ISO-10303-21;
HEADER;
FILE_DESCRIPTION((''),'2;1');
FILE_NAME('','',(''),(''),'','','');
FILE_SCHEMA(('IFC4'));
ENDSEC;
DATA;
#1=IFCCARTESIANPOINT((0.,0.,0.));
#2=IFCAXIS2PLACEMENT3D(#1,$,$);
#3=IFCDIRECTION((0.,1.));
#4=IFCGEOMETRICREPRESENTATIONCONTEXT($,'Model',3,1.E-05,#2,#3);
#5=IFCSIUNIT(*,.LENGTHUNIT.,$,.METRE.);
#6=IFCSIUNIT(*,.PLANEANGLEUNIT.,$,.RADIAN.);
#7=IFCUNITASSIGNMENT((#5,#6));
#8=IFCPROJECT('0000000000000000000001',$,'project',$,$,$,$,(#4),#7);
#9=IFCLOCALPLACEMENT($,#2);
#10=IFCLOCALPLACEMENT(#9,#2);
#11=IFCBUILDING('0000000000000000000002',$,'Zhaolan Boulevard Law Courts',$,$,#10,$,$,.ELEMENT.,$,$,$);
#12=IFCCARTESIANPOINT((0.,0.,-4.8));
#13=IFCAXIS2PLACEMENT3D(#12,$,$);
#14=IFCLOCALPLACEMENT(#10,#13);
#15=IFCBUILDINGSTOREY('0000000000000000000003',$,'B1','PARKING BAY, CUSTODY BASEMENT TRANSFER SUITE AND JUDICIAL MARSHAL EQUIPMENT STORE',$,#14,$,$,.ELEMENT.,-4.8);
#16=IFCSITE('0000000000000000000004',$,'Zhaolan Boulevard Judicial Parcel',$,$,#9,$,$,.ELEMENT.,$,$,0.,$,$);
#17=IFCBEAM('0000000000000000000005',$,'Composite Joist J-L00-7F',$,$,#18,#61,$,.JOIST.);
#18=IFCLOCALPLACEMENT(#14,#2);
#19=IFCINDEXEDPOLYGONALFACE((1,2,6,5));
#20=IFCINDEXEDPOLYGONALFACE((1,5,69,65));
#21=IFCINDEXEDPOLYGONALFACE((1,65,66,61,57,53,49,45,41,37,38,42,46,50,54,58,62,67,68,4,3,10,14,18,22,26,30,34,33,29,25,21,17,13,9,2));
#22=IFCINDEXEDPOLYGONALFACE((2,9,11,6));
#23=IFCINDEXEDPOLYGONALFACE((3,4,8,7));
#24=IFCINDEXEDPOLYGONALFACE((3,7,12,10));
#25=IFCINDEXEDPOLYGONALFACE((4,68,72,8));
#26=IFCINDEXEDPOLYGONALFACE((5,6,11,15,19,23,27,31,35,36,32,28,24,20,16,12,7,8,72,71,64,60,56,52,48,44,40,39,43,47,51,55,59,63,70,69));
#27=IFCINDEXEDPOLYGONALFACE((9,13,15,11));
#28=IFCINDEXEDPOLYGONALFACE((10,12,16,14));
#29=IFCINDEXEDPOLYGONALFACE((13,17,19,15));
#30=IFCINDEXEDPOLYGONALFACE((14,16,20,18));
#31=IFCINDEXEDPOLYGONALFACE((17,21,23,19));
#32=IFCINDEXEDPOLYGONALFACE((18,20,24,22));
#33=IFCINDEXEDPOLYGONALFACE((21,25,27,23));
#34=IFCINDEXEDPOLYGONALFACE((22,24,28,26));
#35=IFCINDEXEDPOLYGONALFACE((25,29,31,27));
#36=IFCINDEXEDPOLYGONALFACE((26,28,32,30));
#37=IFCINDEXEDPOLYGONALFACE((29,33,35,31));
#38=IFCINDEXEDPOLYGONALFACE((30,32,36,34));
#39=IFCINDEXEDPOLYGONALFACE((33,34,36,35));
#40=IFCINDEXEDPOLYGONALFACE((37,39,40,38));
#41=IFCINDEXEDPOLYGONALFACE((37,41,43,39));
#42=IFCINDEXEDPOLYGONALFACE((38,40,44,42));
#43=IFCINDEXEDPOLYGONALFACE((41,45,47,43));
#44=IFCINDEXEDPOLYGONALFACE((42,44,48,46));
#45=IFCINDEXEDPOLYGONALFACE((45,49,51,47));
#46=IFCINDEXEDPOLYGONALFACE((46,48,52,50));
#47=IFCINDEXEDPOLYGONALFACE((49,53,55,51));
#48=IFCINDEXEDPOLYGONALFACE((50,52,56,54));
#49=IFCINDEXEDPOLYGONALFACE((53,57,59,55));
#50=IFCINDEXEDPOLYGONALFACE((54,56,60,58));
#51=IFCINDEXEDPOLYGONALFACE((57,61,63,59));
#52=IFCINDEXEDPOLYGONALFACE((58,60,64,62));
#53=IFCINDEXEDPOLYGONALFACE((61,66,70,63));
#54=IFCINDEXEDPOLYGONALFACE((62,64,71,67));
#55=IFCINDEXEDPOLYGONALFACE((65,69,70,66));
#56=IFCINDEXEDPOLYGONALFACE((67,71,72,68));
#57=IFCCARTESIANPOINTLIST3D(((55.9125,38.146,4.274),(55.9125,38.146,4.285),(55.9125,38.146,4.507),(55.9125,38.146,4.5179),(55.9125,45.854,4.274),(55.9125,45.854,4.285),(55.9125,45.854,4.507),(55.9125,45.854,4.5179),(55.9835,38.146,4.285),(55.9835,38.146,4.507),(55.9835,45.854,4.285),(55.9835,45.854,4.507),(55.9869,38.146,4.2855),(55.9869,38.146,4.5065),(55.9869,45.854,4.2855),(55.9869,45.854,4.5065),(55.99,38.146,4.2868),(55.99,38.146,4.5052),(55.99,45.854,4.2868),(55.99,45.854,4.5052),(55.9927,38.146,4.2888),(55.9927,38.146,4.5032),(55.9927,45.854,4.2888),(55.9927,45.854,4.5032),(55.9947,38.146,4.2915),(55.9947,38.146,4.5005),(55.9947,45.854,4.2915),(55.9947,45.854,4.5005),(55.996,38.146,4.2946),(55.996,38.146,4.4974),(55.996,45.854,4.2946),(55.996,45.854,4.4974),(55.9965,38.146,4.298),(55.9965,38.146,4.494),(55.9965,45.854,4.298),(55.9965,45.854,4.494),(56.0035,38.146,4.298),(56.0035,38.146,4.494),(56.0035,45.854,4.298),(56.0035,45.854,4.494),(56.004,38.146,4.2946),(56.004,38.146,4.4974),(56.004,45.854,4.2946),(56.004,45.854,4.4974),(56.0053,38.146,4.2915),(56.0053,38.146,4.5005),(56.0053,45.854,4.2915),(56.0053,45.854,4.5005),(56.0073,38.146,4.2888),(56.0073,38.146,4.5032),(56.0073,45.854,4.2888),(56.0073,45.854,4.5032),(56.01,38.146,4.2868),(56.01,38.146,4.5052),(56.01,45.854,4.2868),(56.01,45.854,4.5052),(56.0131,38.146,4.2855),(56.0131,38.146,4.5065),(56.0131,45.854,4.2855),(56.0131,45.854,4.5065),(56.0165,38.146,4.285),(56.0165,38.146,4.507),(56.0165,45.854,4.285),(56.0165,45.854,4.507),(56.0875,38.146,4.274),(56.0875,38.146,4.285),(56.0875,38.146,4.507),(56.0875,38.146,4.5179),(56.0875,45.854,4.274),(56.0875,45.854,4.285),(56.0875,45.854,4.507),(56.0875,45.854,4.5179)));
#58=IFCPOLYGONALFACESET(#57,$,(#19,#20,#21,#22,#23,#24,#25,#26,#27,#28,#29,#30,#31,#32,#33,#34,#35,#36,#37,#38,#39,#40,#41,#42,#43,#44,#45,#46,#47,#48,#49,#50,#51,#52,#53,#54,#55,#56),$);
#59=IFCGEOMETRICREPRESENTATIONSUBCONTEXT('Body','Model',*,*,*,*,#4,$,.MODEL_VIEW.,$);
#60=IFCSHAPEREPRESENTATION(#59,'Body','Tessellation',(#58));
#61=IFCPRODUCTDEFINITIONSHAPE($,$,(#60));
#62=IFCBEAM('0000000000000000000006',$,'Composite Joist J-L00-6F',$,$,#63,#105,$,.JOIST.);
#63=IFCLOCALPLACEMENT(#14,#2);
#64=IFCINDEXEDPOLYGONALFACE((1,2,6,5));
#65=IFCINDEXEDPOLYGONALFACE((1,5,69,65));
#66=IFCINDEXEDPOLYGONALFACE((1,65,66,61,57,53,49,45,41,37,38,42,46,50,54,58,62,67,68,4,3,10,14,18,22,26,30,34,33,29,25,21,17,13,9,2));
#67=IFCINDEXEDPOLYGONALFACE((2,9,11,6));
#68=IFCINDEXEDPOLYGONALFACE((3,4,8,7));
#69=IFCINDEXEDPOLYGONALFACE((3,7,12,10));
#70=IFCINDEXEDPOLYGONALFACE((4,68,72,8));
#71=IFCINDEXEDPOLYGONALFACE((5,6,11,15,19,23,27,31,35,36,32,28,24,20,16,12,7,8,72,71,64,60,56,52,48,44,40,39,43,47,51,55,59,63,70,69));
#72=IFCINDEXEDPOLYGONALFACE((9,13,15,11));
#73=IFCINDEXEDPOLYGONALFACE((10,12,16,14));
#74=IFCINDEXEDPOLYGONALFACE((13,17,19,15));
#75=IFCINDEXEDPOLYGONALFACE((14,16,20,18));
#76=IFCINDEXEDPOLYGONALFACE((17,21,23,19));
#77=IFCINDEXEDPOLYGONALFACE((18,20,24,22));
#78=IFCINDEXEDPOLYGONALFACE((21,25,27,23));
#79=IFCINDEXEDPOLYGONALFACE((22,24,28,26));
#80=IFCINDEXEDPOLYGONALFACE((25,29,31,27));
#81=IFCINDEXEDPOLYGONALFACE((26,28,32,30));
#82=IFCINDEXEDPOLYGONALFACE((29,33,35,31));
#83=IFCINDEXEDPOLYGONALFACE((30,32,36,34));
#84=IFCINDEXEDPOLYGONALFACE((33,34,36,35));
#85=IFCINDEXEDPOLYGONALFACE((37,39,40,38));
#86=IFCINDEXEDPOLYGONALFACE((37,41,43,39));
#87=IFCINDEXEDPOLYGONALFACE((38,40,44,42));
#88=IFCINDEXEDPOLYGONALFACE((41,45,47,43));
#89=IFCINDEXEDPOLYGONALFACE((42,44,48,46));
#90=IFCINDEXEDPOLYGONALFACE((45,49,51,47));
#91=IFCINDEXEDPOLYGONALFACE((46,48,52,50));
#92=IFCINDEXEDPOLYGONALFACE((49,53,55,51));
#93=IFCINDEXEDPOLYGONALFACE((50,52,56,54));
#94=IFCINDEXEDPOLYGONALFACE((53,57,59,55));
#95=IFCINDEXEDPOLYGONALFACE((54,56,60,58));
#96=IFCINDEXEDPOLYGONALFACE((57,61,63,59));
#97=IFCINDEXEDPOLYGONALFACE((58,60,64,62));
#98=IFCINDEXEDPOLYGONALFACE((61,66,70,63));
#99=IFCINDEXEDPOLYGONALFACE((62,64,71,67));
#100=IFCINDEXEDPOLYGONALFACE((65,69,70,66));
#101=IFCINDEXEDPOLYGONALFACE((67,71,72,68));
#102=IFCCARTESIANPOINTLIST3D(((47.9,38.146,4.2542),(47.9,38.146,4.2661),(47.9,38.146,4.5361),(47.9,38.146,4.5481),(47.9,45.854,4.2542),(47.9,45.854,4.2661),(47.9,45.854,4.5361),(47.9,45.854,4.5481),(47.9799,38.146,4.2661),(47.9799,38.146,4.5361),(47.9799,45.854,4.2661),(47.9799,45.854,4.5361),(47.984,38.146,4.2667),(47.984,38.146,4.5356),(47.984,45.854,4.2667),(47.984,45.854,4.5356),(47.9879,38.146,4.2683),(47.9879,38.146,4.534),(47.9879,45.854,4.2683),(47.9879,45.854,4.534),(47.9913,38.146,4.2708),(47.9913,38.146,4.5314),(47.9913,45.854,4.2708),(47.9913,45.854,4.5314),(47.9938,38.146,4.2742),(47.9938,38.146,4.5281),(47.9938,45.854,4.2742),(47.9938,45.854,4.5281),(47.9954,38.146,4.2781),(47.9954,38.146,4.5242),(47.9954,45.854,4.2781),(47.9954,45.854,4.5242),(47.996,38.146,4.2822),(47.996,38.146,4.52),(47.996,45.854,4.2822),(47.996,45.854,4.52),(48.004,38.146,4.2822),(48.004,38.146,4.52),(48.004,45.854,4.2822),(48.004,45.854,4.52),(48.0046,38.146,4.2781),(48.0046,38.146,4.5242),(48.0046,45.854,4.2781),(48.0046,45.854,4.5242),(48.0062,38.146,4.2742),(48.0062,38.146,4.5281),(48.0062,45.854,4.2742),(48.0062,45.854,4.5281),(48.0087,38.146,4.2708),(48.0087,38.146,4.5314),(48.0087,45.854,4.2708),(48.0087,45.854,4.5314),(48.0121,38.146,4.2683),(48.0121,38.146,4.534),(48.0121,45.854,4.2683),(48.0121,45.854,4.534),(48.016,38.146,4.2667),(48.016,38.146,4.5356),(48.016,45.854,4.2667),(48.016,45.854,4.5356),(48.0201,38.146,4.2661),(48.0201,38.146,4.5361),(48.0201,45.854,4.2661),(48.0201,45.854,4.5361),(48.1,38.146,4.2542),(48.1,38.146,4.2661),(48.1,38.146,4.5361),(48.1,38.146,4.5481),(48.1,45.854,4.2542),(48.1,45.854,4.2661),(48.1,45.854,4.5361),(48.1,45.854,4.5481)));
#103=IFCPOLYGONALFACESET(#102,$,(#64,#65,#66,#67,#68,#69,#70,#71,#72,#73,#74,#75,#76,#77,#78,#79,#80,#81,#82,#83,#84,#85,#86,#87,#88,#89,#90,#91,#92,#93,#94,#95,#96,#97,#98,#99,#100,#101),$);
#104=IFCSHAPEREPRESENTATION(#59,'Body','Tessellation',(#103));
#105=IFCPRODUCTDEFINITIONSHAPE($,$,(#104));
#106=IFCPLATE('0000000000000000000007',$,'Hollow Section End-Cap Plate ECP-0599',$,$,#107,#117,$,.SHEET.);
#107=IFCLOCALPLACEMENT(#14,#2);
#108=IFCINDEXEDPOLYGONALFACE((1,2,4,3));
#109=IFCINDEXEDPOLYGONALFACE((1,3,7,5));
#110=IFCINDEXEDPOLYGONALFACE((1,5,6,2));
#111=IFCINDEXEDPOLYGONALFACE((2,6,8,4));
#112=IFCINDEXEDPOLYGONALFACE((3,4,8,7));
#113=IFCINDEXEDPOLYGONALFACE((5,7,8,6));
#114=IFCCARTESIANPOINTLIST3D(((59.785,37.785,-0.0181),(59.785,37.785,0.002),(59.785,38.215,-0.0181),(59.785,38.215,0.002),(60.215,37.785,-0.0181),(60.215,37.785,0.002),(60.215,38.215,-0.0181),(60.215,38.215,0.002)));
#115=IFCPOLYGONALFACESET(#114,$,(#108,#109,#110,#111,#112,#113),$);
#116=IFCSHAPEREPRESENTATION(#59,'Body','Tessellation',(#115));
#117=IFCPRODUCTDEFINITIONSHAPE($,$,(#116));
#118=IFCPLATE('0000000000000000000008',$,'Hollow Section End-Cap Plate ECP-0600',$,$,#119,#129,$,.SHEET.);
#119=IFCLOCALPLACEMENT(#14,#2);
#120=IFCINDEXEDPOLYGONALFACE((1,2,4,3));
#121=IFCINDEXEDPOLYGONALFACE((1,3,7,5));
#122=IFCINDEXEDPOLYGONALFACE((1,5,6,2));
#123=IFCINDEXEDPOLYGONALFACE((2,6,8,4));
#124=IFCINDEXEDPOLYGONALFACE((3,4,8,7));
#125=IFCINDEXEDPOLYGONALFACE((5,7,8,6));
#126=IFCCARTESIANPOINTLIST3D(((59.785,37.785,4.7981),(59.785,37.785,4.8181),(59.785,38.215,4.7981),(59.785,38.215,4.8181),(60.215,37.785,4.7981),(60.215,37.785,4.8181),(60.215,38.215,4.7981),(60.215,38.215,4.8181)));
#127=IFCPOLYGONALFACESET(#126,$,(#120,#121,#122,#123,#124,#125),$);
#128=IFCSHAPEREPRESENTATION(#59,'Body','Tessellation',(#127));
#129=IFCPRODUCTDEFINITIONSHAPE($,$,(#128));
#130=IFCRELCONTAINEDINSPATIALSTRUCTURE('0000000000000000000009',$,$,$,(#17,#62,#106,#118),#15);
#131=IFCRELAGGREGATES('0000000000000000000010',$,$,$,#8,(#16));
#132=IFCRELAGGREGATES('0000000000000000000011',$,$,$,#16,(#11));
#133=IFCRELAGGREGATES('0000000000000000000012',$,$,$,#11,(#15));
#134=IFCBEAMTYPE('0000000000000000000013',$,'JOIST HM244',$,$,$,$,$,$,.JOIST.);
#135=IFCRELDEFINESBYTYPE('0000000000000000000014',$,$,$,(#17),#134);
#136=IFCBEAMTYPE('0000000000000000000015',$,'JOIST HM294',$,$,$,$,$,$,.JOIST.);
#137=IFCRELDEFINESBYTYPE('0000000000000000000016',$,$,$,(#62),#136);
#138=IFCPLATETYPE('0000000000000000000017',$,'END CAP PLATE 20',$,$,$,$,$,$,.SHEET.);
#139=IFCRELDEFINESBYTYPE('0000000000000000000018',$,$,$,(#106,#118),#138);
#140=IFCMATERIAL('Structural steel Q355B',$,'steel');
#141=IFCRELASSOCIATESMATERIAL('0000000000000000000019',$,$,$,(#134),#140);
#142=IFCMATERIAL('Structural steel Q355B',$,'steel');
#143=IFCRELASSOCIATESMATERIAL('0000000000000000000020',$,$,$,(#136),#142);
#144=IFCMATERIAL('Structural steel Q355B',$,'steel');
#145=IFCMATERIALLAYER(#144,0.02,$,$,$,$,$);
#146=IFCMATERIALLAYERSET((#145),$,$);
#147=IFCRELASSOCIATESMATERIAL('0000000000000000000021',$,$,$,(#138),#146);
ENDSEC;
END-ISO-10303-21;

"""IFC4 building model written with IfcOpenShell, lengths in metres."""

from ifc_helpers import new_model, si_unit, direction, frame, origin, origin_2d, place, context, subcontext, project, spatial, rectangle, i_section, extrude, material, layer, layer_set, material_profile, profile_set, type_object, element, save


model = new_model("IFC4")

# Units and contexts
model_context = context("Model", 3, precision=1e-05, world=origin(), true_north=direction((0.0, 1.0)))
body_context = subcontext(model_context, "Body", "Model", "MODEL_VIEW")
ifc_project = project(units=[si_unit("LENGTHUNIT", "METRE"), si_unit("PLANEANGLEUNIT", "RADIAN")], contexts=[model_context])

# Site, building, storey
site_placement = place(None, origin())
site = spatial("IfcSite", under=ifc_project, at=site_placement, Name="Zhaolan Boulevard Judicial Parcel", CompositionType="ELEMENT", RefElevation=0.0)
building_placement = place(site_placement, origin())
building = spatial("IfcBuilding", under=site, at=building_placement, Name="Zhaolan Boulevard Law Courts", CompositionType="ELEMENT")
storey_placement = place(building_placement, frame((0.0, 0.0, -4.8)))
storey = spatial("IfcBuildingStorey", under=building, at=storey_placement, Name="B1", Description="PARKING BAY, CUSTODY BASEMENT TRANSFER SUITE AND JUDICIAL MARSHAL EQUIPMENT STORE", CompositionType="ELEMENT", Elevation=-4.8)

# Beams
ifc_material_1 = material(Name="Structural steel Q355B", Category="steel")
ifc_material_profile_1 = material_profile(ifc_material_1, i_section(OverallWidth=0.175, OverallDepth=0.2439, WebThickness=0.0071, FlangeThickness=0.011, FilletRadius=0.0129, at=origin_2d()), Name="HM244x175")
ifc_profile_set_1 = profile_set([ifc_material_profile_1], Name="Structural steel Q355B")
beam_type_1 = type_object("IfcBeamType", Name="JOIST HM244", PredefinedType="JOIST", material=ifc_profile_set_1)
beam_1_placement = place(storey_placement, frame((56.0, 38.146, 4.396), z_axis=(0.0, 1.0, 0.0), x_axis=(-1.0, 0.0, 0.0)))
element("IfcBeam", 1, at=beam_1_placement, inside=storey, type_object=beam_type_1, Name="Composite Joist J-L00-7F", PredefinedType="JOIST", context=body_context, shape_type="SweptSolid", body=[
    extrude(i_section(OverallWidth=0.175, OverallDepth=0.2439, WebThickness=0.0071, FlangeThickness=0.011, FilletRadius=0.0129, at=origin_2d()), origin(), (0.0, 0.0, 1.0), 7.708),
])
ifc_material_2 = material(Name="Structural steel Q355B", Category="steel")
ifc_material_profile_2 = material_profile(ifc_material_2, i_section(OverallWidth=0.2, OverallDepth=0.2939, WebThickness=0.0081, FlangeThickness=0.012, FilletRadius=0.0161, at=origin_2d()), Name="HM294x200")
ifc_profile_set_2 = profile_set([ifc_material_profile_2], Name="Structural steel Q355B")
beam_type_2 = type_object("IfcBeamType", Name="JOIST HM294", PredefinedType="JOIST", material=ifc_profile_set_2)
beam_2_placement = place(storey_placement, frame((48.0, 38.146, 4.4011), z_axis=(0.0, 1.0, 0.0), x_axis=(-1.0, 0.0, 0.0)))
element("IfcBeam", 2, at=beam_2_placement, inside=storey, type_object=beam_type_2, Name="Composite Joist J-L00-6F", PredefinedType="JOIST", context=body_context, shape_type="SweptSolid", body=[
    extrude(i_section(OverallWidth=0.2, OverallDepth=0.2939, WebThickness=0.0081, FlangeThickness=0.012, FilletRadius=0.0161, at=origin_2d()), origin(), (0.0, 0.0, 1.0), 7.708),
])

# Plates
ifc_material_3 = material(Name="Structural steel Q355B", Category="steel")
ifc_layer = layer(ifc_material_3, 0.02)
ifc_layer_set = layer_set([ifc_layer])
plate_type = type_object("IfcPlateType", Name="END CAP PLATE 20", PredefinedType="SHEET", material=ifc_layer_set)
for number, where, z_axis, x_axis, name in (
    (3, (60.0, 38.0, -0.0181), (0.0, 0.0, 1.0), (1.0, 0.0, 0.0), "Hollow Section End-Cap Plate ECP-0599"),
    (4, (60.0, 38.0, 4.7981), (0.0, 0.0, 1.0), (1.0, 0.0, 0.0), "Hollow Section End-Cap Plate ECP-0600"),
):
    element("IfcPlate", number, at=place(storey_placement, frame(where, z_axis=z_axis, x_axis=x_axis)), inside=storey, type_object=plate_type, Name=name, PredefinedType="SHEET", context=body_context, shape_type="SweptSolid", body=[
        extrude(rectangle(XDim=0.4299, YDim=0.4299, at=origin_2d()), origin(), (0.0, 0.0, 1.0), 0.02),
    ])

save(model, "model.ifc")
